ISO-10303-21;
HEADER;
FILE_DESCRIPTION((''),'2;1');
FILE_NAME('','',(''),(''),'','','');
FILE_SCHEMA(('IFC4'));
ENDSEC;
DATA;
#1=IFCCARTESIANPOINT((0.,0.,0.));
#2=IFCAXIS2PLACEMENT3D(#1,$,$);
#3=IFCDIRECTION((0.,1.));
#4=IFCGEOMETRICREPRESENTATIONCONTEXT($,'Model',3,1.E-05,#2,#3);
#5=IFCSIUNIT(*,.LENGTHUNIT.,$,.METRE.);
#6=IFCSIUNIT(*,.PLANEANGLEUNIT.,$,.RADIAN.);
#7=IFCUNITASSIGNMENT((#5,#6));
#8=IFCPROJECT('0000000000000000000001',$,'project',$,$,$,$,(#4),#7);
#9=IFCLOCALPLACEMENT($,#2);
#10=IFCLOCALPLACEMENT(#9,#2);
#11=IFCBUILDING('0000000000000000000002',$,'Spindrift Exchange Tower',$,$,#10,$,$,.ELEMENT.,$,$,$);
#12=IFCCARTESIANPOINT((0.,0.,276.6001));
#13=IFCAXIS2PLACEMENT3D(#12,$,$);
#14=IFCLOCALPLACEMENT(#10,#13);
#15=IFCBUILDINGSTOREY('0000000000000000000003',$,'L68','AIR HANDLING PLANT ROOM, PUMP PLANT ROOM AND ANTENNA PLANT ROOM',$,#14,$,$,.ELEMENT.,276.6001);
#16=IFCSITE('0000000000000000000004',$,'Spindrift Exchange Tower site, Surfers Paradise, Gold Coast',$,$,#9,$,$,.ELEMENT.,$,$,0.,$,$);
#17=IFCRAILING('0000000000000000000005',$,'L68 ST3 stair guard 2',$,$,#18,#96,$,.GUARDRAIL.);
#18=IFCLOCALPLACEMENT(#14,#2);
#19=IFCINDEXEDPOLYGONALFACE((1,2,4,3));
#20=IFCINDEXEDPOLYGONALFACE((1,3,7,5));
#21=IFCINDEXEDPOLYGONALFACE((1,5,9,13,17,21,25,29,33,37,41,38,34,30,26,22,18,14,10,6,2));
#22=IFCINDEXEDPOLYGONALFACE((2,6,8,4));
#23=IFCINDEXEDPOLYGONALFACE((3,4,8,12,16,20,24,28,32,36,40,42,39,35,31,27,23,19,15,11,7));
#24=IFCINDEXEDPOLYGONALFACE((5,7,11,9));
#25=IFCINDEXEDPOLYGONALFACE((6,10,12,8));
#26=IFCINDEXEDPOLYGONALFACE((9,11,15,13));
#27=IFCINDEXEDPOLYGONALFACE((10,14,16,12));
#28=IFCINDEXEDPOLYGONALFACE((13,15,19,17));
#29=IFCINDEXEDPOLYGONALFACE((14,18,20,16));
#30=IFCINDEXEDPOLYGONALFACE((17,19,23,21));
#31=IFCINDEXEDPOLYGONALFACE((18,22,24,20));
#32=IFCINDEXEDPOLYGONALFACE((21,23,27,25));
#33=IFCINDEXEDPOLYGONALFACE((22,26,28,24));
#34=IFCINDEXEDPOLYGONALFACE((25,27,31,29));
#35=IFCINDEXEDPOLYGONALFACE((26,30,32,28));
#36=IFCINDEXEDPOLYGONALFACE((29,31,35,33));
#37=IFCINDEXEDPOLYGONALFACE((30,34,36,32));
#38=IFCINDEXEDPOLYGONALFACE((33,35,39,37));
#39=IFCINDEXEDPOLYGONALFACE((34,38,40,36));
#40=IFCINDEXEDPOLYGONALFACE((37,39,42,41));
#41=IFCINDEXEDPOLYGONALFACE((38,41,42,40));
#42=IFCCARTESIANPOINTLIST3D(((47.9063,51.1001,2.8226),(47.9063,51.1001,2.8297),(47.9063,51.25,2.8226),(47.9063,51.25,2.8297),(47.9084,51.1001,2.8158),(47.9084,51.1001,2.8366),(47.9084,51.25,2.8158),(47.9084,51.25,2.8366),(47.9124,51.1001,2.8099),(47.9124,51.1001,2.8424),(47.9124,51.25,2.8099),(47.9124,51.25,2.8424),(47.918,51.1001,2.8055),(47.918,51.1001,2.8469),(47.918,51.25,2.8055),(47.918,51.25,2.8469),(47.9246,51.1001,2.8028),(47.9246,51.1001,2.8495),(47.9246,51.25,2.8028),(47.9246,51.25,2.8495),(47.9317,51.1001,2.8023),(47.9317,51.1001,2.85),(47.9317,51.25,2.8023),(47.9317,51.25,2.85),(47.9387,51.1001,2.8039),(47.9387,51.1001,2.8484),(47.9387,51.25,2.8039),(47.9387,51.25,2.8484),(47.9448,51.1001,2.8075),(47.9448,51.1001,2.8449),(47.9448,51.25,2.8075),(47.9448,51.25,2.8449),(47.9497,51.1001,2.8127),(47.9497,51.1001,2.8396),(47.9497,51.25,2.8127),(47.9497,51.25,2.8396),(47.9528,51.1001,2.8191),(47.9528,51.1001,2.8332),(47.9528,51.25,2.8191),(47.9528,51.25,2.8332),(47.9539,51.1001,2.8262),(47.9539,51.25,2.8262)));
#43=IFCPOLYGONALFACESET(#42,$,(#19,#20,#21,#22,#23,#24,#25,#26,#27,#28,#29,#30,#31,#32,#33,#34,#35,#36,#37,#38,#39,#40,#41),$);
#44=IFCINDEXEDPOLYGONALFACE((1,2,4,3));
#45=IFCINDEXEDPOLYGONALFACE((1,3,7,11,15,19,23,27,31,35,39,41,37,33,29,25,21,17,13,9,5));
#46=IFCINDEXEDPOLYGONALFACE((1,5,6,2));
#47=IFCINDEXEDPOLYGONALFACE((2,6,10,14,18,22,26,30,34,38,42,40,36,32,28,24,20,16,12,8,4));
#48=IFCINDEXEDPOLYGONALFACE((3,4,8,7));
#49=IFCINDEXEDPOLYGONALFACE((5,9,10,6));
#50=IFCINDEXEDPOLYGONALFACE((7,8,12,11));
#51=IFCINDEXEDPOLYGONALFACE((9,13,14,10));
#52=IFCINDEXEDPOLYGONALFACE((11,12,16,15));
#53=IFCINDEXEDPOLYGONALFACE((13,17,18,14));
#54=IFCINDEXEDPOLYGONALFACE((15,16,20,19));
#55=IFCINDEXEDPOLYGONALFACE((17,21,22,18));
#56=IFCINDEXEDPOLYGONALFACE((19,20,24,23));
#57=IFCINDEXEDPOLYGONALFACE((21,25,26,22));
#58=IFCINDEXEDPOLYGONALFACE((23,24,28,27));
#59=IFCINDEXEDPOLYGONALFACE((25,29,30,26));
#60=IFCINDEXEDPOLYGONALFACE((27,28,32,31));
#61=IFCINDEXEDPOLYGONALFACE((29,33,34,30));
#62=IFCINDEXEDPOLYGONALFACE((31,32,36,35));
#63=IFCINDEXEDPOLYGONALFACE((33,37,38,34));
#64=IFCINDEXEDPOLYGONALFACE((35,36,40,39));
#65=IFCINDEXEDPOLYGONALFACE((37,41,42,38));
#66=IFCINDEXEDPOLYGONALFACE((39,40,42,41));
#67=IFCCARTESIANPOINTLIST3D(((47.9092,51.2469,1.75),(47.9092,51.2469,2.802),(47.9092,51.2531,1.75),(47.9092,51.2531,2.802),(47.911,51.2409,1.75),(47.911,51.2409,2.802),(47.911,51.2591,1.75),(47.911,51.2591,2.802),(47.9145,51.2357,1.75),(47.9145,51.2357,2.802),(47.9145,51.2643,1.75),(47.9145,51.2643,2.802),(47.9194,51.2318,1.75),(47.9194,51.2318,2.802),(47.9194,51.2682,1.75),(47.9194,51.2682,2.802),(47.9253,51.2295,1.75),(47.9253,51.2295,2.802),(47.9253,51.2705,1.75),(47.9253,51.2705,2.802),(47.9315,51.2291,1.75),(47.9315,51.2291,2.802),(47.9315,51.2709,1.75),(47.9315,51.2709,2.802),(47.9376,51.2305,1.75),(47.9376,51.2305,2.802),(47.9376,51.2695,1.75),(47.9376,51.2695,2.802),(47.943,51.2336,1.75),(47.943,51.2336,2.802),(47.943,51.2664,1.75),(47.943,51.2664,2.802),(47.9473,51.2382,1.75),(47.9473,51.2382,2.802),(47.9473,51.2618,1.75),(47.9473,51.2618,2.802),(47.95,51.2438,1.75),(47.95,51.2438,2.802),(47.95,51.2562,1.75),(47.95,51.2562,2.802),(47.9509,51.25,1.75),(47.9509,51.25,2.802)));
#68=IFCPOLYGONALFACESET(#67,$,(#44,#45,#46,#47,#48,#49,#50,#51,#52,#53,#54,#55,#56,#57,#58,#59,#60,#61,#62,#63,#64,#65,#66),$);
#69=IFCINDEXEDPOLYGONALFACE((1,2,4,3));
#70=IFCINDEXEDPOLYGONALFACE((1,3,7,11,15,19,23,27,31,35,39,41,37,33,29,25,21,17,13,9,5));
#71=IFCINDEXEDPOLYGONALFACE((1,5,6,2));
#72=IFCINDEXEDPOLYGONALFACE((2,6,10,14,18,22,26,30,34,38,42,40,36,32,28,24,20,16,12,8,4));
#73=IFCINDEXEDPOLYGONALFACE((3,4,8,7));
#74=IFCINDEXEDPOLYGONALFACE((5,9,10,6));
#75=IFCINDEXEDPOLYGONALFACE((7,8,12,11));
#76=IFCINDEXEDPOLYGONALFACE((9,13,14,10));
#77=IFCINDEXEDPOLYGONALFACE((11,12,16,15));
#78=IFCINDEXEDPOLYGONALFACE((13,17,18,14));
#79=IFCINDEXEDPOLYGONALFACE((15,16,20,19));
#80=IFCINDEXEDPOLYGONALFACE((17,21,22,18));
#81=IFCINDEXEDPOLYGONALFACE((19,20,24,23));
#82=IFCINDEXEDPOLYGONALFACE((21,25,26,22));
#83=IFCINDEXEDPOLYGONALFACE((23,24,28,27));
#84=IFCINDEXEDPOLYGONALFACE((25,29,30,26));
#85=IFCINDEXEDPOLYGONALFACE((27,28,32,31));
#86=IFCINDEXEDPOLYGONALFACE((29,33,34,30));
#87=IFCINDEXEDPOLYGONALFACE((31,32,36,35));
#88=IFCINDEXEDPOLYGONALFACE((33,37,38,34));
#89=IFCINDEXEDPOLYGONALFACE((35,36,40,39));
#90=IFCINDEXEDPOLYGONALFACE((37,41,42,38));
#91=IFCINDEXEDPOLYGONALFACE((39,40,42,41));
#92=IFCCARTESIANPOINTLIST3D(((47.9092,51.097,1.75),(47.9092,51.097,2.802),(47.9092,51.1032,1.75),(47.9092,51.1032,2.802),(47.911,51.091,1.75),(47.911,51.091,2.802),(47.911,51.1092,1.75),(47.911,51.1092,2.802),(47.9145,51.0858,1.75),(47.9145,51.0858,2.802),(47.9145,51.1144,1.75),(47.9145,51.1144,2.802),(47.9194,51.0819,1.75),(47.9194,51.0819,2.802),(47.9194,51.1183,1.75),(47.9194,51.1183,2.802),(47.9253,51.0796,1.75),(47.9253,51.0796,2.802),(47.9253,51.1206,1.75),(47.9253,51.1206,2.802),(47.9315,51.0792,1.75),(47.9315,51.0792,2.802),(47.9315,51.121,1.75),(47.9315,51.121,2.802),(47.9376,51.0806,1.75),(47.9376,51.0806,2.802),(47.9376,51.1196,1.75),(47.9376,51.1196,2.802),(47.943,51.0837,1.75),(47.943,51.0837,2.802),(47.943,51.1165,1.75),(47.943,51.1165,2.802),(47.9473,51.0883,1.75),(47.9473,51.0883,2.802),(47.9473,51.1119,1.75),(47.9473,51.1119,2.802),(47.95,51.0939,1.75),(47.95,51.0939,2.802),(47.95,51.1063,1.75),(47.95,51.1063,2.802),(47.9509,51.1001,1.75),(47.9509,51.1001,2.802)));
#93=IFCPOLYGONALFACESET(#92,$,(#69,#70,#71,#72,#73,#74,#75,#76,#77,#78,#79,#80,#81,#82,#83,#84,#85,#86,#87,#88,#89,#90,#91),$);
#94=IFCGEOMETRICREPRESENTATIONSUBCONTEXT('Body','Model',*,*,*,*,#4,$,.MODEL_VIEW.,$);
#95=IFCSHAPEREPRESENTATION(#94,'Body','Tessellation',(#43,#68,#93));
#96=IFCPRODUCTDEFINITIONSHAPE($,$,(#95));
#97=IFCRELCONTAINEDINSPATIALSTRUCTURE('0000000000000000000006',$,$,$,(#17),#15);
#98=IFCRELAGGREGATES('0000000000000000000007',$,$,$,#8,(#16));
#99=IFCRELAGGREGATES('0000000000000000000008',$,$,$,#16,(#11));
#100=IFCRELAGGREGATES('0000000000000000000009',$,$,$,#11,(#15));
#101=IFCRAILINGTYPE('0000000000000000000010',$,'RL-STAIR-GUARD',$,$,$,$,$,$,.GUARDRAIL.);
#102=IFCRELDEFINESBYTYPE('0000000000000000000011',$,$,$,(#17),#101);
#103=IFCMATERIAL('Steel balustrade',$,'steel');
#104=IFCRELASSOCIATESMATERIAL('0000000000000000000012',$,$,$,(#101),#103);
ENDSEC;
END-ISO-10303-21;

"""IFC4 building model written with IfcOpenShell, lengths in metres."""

from ifc_helpers import new_model, si_unit, direction, frame, origin, origin_2d, place, context, subcontext, project, spatial, circle, extrude, material, type_object, element, save


model = new_model("IFC4")

# Units and contexts
model_context = context("Model", 3, precision=1e-05, world=origin(), true_north=direction((0.0, 1.0)))
body_context = subcontext(model_context, "Body", "Model", "MODEL_VIEW")
ifc_project = project(units=[si_unit("LENGTHUNIT", "METRE"), si_unit("PLANEANGLEUNIT", "RADIAN")], contexts=[model_context])

# Site, building, storey
site_placement = place(None, origin())
site = spatial("IfcSite", under=ifc_project, at=site_placement, Name="Spindrift Exchange Tower site, Surfers Paradise, Gold Coast", CompositionType="ELEMENT", RefElevation=0.0)
building_placement = place(site_placement, origin())
building = spatial("IfcBuilding", under=site, at=building_placement, Name="Spindrift Exchange Tower", CompositionType="ELEMENT")
storey_placement = place(building_placement, frame((0.0, 0.0, 276.6001)))
storey = spatial("IfcBuildingStorey", under=building, at=storey_placement, Name="L68", Description="AIR HANDLING PLANT ROOM, PUMP PLANT ROOM AND ANTENNA PLANT ROOM", CompositionType="ELEMENT", Elevation=276.6001)

# Railing
ifc_material_1 = material(Name="Steel balustrade", Category="steel")
railing_type_1 = type_object("IfcRailingType", Name="RL-STAIR-GUARD", PredefinedType="GUARDRAIL", material=ifc_material_1)
railing_1_placement = place(storey_placement, frame((47.9299, 51.25, 1.75)))
element("IfcRailing", 1, at=railing_1_placement, inside=storey, type_object=railing_type_1, Name="L68 ST3 stair guard 2", PredefinedType="GUARDRAIL", context=body_context, shape_type="SweptSolid", body=[
    extrude(circle(Radius=0.0239, at=origin_2d()), frame((0.0, 0.0, 1.0762), z_axis=(0.0, -1.0, 0.0), x_axis=(1.0, 0.0, 0.0)), (0.0, 0.0, 1.0), 0.1499),
    extrude(circle(Radius=0.021, at=origin_2d()), origin(), (0.0, 0.0, 1.0), 1.052),
    extrude(circle(Radius=0.021, at=origin_2d()), frame((0.0, -0.1499, 0.0)), (0.0, 0.0, 1.0), 1.052),
])

save(model, "model.ifc")
